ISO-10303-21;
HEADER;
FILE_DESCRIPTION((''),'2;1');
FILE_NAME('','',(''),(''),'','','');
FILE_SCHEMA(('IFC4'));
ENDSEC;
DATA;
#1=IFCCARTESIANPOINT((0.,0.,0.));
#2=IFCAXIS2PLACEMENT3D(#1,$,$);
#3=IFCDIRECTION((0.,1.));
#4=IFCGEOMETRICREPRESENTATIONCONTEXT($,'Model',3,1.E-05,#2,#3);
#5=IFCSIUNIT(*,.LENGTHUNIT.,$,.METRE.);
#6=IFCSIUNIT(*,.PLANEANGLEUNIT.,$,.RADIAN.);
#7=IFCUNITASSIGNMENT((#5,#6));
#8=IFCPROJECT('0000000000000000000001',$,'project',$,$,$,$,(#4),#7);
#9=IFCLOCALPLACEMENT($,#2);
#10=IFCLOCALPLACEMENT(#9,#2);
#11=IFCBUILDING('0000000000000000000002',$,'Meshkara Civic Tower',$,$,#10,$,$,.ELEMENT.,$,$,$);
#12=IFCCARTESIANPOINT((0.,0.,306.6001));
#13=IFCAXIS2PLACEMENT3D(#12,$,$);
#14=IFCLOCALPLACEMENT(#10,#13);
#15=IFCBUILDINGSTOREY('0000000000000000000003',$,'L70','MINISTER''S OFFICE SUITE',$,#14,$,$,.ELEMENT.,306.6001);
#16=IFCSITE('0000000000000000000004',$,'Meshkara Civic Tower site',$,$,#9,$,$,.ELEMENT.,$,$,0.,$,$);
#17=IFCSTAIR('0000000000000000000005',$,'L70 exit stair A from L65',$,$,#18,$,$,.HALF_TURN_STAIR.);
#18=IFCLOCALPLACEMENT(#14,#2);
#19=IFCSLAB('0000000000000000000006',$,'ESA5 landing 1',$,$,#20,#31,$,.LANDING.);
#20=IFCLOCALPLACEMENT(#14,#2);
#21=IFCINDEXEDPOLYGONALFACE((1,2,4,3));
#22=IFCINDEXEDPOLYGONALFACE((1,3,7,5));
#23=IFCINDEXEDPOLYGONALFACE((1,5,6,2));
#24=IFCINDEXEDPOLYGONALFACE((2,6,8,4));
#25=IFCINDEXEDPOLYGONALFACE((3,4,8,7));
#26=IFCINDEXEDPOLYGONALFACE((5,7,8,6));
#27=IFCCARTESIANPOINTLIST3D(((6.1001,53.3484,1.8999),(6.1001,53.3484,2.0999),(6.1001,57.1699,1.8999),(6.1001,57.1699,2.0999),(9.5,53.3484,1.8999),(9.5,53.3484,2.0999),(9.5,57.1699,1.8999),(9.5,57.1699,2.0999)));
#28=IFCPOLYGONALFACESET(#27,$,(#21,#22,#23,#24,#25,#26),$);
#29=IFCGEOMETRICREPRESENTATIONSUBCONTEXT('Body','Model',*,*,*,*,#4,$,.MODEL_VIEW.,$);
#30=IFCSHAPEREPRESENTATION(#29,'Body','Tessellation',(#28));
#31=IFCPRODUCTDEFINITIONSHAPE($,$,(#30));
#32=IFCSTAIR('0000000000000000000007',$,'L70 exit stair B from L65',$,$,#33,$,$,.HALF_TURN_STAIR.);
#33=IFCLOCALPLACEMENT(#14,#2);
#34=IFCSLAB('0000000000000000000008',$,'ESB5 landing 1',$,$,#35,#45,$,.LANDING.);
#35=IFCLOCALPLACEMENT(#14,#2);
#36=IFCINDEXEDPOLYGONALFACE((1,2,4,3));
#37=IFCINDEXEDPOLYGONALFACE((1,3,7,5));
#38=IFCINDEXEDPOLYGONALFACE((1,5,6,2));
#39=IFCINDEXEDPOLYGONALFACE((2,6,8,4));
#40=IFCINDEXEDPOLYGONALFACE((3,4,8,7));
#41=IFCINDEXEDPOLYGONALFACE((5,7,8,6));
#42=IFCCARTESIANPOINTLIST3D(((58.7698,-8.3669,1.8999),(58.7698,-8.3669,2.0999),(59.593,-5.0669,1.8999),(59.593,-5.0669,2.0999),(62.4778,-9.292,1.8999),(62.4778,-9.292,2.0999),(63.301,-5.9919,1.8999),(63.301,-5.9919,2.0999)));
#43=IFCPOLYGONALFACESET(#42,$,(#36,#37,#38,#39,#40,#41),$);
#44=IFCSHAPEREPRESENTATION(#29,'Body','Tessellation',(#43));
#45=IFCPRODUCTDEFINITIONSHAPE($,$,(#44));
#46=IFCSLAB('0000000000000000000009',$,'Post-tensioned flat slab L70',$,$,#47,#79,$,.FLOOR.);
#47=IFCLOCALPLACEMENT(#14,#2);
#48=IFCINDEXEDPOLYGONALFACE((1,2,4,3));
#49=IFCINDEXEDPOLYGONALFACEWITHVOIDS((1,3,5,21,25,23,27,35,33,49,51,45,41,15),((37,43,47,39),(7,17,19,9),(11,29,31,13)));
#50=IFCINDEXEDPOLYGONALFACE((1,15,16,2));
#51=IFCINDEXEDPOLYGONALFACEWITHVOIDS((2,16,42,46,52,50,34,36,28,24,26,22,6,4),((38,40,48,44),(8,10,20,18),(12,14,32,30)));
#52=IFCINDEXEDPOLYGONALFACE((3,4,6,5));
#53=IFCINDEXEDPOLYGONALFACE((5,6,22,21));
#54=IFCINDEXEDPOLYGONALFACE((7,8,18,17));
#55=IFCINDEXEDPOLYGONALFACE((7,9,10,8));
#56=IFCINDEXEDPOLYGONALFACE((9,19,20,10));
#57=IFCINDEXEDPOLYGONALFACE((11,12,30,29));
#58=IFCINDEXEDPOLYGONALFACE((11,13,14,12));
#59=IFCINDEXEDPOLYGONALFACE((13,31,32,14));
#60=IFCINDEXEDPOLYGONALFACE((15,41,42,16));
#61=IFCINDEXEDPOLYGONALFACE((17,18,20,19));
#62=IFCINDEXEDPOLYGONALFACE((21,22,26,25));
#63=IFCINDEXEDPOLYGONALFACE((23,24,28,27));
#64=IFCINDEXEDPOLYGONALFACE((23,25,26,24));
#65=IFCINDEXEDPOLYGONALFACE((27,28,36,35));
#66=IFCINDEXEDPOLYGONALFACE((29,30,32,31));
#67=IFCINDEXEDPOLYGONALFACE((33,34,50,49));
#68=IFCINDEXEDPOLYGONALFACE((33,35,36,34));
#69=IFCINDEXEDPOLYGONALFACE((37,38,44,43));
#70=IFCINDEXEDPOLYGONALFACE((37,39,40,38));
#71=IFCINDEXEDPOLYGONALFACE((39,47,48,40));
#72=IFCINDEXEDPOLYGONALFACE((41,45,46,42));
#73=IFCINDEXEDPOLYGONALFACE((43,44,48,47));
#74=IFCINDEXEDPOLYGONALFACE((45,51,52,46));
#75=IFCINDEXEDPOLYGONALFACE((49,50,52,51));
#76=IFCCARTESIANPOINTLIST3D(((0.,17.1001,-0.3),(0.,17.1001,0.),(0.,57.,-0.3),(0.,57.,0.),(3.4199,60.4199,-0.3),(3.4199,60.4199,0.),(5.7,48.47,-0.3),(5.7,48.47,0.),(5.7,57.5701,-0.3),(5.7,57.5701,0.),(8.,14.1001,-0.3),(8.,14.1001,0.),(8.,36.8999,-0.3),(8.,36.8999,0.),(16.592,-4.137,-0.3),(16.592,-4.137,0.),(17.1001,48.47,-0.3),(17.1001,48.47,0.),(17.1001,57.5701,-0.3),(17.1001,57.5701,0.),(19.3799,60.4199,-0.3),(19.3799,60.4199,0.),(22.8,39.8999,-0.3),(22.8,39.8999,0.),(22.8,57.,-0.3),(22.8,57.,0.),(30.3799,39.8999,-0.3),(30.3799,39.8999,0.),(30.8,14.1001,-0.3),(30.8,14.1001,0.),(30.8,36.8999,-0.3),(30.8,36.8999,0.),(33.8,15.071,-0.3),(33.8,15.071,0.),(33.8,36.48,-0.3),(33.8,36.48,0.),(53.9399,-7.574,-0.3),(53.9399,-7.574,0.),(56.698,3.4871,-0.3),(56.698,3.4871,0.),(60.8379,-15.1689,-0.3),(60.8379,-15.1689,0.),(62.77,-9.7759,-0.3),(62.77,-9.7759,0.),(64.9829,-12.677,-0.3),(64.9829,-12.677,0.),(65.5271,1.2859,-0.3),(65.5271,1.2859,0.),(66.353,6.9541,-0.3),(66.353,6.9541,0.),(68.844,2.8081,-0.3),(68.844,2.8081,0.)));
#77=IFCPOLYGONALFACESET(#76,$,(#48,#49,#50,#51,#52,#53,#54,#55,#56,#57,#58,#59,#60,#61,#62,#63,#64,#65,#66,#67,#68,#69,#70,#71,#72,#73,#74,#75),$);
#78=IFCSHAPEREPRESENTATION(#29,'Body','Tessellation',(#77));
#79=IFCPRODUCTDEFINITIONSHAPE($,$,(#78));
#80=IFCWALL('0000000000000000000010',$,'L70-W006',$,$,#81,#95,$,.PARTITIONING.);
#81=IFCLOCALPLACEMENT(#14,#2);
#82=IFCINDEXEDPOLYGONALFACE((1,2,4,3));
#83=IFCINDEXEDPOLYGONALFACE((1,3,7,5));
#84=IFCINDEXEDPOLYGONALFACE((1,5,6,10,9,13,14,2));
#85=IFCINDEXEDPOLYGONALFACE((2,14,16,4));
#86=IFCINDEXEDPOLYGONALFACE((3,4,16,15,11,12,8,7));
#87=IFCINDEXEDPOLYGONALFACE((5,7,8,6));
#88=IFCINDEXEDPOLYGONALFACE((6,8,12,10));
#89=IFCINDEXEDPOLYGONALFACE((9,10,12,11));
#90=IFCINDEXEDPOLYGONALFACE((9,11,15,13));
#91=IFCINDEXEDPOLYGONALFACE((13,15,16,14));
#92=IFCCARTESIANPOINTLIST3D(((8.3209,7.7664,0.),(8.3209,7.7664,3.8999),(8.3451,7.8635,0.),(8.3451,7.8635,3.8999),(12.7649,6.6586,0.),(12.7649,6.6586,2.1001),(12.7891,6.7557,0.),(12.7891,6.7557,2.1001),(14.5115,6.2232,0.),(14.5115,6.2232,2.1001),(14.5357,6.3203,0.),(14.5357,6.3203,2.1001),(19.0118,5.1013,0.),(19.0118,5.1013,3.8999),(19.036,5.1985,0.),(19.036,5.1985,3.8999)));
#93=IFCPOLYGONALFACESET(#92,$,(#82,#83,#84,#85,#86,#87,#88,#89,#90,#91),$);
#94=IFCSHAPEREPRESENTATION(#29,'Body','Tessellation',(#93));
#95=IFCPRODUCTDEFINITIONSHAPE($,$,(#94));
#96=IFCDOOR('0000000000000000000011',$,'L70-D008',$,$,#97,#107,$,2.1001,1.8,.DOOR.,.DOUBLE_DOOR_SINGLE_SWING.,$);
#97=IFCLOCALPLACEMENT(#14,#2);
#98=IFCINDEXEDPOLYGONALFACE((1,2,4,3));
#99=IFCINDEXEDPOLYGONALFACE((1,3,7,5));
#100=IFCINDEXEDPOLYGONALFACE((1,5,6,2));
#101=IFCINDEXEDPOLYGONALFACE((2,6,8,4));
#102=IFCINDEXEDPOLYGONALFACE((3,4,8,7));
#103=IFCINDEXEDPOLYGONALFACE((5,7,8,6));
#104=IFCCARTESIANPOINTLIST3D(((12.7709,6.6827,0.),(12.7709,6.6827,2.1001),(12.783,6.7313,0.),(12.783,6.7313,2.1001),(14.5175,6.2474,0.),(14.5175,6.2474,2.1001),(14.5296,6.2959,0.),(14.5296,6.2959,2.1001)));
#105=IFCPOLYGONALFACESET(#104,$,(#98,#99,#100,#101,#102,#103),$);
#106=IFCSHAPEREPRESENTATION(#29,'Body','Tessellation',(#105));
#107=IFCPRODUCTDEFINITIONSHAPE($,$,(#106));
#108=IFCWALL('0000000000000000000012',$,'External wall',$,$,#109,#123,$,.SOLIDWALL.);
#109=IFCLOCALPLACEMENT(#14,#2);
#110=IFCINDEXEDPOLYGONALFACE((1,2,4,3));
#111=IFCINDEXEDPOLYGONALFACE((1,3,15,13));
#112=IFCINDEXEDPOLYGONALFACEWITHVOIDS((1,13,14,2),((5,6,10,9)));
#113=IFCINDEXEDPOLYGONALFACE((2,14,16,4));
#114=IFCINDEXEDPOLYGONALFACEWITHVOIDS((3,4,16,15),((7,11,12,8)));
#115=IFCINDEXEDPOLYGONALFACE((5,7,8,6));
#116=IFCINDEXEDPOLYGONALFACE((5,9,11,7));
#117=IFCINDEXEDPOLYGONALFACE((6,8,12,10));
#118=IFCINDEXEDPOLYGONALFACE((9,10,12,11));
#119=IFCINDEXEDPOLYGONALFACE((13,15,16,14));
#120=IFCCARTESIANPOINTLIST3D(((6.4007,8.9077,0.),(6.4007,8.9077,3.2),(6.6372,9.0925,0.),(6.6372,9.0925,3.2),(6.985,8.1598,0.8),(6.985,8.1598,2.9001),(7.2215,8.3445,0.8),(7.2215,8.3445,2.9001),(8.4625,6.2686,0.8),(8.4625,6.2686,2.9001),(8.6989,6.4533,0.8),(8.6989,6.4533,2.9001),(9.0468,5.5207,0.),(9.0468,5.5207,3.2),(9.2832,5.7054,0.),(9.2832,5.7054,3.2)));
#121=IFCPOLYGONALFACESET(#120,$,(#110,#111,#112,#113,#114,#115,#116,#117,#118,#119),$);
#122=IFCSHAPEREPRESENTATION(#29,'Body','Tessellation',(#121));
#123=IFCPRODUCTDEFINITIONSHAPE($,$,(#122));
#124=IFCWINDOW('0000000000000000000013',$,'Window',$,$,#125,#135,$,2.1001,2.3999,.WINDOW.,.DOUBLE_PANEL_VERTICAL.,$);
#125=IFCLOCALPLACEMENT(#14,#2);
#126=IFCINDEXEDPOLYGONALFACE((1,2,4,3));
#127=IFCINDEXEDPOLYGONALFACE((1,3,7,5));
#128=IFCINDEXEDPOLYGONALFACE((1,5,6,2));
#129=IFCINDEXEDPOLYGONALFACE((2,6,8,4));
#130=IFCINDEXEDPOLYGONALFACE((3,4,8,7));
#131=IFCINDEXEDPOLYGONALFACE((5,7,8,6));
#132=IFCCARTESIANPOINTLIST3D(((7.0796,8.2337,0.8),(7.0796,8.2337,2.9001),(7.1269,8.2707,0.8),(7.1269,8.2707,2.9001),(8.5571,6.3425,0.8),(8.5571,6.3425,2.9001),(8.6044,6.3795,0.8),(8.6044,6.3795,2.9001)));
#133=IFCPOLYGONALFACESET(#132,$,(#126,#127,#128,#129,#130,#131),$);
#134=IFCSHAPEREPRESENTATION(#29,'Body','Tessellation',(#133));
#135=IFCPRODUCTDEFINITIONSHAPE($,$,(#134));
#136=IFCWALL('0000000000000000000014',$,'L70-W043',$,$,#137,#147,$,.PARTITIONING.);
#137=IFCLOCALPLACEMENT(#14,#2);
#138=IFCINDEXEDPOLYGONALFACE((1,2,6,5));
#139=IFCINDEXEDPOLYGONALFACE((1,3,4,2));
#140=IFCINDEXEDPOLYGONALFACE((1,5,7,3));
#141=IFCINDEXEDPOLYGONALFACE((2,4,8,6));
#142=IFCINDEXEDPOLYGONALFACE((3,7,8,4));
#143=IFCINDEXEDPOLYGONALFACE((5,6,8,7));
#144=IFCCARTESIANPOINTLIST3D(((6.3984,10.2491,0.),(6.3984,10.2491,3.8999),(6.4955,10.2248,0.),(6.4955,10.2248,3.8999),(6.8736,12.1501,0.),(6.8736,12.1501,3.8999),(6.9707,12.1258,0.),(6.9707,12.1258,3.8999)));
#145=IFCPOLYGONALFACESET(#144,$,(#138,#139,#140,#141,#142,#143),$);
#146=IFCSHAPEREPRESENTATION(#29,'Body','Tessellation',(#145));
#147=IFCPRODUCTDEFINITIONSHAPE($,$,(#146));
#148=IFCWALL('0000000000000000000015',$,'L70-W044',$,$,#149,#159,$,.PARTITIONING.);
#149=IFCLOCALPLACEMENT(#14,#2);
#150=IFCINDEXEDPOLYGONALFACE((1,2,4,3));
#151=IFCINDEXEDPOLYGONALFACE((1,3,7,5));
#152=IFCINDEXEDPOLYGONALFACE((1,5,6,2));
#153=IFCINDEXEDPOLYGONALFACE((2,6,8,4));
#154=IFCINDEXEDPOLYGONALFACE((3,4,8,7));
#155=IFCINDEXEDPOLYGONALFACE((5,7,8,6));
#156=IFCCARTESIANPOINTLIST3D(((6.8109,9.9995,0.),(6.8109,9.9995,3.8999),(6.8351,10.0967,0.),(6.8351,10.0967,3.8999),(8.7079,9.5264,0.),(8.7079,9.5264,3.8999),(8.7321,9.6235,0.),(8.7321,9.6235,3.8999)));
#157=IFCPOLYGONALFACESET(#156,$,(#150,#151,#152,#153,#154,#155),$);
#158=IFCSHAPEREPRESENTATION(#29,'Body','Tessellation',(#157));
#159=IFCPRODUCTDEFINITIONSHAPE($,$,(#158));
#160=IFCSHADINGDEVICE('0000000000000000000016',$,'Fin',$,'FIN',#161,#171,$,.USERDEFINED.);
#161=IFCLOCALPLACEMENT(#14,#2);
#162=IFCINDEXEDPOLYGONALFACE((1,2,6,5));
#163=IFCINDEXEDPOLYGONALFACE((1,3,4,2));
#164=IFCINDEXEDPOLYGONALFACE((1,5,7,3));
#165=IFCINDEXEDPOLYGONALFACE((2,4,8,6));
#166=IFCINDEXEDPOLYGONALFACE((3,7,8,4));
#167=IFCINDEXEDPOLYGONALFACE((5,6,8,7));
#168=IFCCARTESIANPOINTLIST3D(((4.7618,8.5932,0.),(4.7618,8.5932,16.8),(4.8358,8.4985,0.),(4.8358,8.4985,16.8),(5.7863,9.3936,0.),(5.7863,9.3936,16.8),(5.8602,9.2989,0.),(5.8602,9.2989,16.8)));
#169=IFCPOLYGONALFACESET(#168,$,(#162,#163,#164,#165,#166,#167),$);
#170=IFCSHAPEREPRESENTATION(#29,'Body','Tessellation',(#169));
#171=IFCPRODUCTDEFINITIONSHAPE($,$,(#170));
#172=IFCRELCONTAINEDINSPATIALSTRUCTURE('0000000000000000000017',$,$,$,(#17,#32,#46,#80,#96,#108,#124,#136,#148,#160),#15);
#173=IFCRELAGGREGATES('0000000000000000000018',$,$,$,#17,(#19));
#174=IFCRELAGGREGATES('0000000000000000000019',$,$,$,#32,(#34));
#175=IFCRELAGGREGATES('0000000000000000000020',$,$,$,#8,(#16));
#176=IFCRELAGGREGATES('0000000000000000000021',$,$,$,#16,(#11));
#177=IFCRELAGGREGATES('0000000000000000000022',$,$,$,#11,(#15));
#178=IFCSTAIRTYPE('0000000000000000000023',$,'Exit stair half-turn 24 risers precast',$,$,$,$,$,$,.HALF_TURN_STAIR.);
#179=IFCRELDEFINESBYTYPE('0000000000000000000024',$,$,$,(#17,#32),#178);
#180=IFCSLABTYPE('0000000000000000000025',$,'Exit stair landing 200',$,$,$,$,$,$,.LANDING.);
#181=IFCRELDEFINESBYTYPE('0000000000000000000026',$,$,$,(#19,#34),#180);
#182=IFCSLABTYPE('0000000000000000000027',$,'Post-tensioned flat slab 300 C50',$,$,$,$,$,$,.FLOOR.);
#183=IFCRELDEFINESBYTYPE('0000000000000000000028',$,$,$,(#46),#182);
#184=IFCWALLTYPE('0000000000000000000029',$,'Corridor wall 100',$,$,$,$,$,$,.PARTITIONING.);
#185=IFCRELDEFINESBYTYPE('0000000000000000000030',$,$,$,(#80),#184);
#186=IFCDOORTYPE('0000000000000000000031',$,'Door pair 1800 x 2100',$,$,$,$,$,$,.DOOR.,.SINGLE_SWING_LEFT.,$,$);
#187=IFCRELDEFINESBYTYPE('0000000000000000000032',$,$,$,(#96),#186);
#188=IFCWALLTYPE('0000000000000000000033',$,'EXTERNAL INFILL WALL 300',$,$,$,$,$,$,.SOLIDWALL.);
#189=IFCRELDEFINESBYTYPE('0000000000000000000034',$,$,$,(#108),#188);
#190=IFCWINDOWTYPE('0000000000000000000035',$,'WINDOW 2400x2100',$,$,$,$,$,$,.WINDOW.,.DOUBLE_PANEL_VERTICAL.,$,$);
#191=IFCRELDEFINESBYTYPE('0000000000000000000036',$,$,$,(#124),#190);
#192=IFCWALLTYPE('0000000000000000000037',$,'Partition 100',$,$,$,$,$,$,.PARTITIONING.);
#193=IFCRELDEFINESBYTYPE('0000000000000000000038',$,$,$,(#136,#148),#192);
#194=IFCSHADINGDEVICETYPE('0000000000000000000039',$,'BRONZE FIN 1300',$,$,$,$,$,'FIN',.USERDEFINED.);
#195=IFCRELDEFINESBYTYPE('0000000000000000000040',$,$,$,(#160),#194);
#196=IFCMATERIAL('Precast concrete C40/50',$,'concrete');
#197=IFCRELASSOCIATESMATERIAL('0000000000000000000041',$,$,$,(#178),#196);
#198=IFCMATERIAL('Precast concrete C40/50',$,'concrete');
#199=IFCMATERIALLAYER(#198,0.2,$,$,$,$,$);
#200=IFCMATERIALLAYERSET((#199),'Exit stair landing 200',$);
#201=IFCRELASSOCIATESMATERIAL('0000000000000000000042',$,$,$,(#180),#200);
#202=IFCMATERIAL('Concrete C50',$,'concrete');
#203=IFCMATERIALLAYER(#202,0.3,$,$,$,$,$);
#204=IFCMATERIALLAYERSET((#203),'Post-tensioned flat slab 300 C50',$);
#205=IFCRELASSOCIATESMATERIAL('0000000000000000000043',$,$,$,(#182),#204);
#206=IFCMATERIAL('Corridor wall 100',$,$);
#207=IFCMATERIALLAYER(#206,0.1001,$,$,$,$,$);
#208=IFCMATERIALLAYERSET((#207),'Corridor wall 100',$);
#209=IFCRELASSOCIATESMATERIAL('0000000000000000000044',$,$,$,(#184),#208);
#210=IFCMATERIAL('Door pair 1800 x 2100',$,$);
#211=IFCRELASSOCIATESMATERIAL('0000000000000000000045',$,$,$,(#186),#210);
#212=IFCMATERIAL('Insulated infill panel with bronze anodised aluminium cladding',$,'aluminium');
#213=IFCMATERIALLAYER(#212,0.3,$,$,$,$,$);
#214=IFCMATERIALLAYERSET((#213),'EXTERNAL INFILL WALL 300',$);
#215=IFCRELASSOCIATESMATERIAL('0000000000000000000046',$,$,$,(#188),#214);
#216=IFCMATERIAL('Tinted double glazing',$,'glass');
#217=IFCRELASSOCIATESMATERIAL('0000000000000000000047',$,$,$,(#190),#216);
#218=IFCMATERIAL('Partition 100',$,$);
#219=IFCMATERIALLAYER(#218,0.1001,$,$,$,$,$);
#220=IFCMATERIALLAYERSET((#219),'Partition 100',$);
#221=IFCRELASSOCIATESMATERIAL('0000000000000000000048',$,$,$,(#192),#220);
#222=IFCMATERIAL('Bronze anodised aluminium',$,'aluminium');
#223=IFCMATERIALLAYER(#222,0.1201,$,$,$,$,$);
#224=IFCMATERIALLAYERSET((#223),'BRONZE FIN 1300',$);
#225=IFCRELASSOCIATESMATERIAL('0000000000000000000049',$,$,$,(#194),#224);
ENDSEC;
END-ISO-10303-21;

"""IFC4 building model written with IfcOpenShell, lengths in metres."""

from ifc_helpers import new_model, si_unit, direction, frame, frame_2d, origin, origin_2d, place, context, subcontext, project, spatial, polyline, rectangle, outline, extrude, material, layer, layer_set, type_object, element, fill, aggregate, save


model = new_model("IFC4")

# Units and contexts
model_context = context("Model", 3, precision=1e-05, world=origin(), true_north=direction((0.0, 1.0)))
body_context = subcontext(model_context, "Body", "Model", "MODEL_VIEW")
ifc_project = project(units=[si_unit("LENGTHUNIT", "METRE"), si_unit("PLANEANGLEUNIT", "RADIAN")], contexts=[model_context])

# Site, building, storey
site_placement = place(None, origin())
site = spatial("IfcSite", under=ifc_project, at=site_placement, Name="Meshkara Civic Tower site", CompositionType="ELEMENT", RefElevation=0.0)
building_placement = place(site_placement, origin())
building = spatial("IfcBuilding", under=site, at=building_placement, Name="Meshkara Civic Tower", CompositionType="ELEMENT")
storey_placement = place(building_placement, frame((0.0, 0.0, 306.6001)))
storey = spatial("IfcBuildingStorey", under=building, at=storey_placement, Name="L70", Description="MINISTER'S OFFICE SUITE", CompositionType="ELEMENT", Elevation=306.6001)

# Stairs, slabs
ifc_material_1 = material(Name="Precast concrete C40/50", Category="concrete")
stair_type = type_object("IfcStairType", Name="Exit stair half-turn 24 risers precast", PredefinedType="HALF_TURN_STAIR", material=ifc_material_1)
ifc_material_2 = material(Name="Precast concrete C40/50", Category="concrete")
ifc_layer_1 = layer(ifc_material_2, 0.2)
ifc_layer_set_1 = layer_set([ifc_layer_1], Name="Exit stair landing 200")
slab_type_1 = type_object("IfcSlabType", Name="Exit stair landing 200", PredefinedType="LANDING", material=ifc_layer_set_1)
stair_1_placement = place(storey_placement, origin())
stair_1 = element("IfcStair", 1, at=stair_1_placement, inside=storey, type_object=stair_type, Name="L70 exit stair A from L65", PredefinedType="HALF_TURN_STAIR")
slab_1_placement = place(storey_placement, frame((0.0, 0.0, 1.8999)))
slab_1 = element("IfcSlab", 2, at=slab_1_placement, type_object=slab_type_1, Name="ESA5 landing 1", PredefinedType="LANDING", context=body_context, shape_type="SweptSolid", body=[
    extrude(outline(polyline([(9.5, 53.3484), (9.5, 57.1699), (6.1001, 57.1699), (6.1001, 53.3484), (9.5, 53.3484)])), origin(), (0.0, 0.0, 1.0), 0.2),
])
aggregate(stair_1, [slab_1])
stair_2_placement = place(storey_placement, origin())
stair_2 = element("IfcStair", 3, at=stair_2_placement, inside=storey, type_object=stair_type, Name="L70 exit stair B from L65", PredefinedType="HALF_TURN_STAIR")
slab_2_placement = place(storey_placement, frame((0.0, 0.0, 1.8999)))
slab_2 = element("IfcSlab", 4, at=slab_2_placement, type_object=slab_type_1, Name="ESB5 landing 1", PredefinedType="LANDING", context=body_context, shape_type="SweptSolid", body=[
    extrude(outline(polyline([(58.7698, -8.3669), (62.4778, -9.292), (63.301, -5.9919), (59.593, -5.0669), (58.7698, -8.3669)])), origin(), (0.0, 0.0, 1.0), 0.2),
])
aggregate(stair_2, [slab_2])

# Slab
ifc_material_3 = material(Name="Concrete C50", Category="concrete")
ifc_layer_2 = layer(ifc_material_3, 0.3)
ifc_layer_set_2 = layer_set([ifc_layer_2], Name="Post-tensioned flat slab 300 C50")
slab_type_2 = type_object("IfcSlabType", Name="Post-tensioned flat slab 300 C50", PredefinedType="FLOOR", material=ifc_layer_set_2)
slab_3_placement = place(storey_placement, frame((0.0, 0.0, -0.3)))
element("IfcSlab", 5, at=slab_3_placement, inside=storey, type_object=slab_type_2, Name="Post-tensioned flat slab L70", PredefinedType="FLOOR", context=body_context, shape_type="SweptSolid", body=[
    extrude(outline(polyline([(64.9829, -12.677), (60.8379, -15.1689), (16.592, -4.137), (0.0, 17.1001), (0.0, 57.0), (3.4199, 60.4199), (19.3799, 60.4199), (22.8, 57.0), (22.8, 39.8999), (30.3799, 39.8999), (33.8, 36.48), (33.8, 15.071), (66.353, 6.9541), (68.844, 2.8081), (64.9829, -12.677)]), holes=[polyline([(62.77, -9.7759), (65.5271, 1.2859), (56.698, 3.4871), (53.9399, -7.574), (62.77, -9.7759)]), polyline([(8.0, 14.1001), (30.8, 14.1001), (30.8, 36.8999), (8.0, 36.8999), (8.0, 14.1001)]), polyline([(5.7, 57.5701), (5.7, 48.47), (17.1001, 48.47), (17.1001, 57.5701), (5.7, 57.5701)])]), origin(), (0.0, 0.0, 1.0), 0.3),
])

# Wall, opening, door
ifc_material_4 = material(Name="Corridor wall 100")
ifc_layer_3 = layer(ifc_material_4, 0.1001)
ifc_layer_set_3 = layer_set([ifc_layer_3], Name="Corridor wall 100")
wall_type_1 = type_object("IfcWallType", Name="Corridor wall 100", PredefinedType="PARTITIONING", material=ifc_layer_set_3)
wall_1_placement = place(storey_placement, frame((8.333, 7.8149, 0.0), z_axis=(0.0, 0.0, 1.0), x_axis=(0.970307, -0.241879, 0.0)))
wall_1 = element("IfcWall", 6, at=wall_1_placement, inside=storey, type_object=wall_type_1, Name="L70-W006", PredefinedType="PARTITIONING", context=body_context, shape_type="SweptSolid", body=[
    extrude(rectangle(XDim=11.0181, YDim=0.1001, at=frame_2d((5.509, 0.0))), origin(), (0.0, 0.0, 1.0), 3.8999),
])
opening_1_placement = place(wall_1_placement, frame((4.5801, 0.0, 0.0)))
opening_1 = element("IfcOpeningElement", 7, at=opening_1_placement, cuts=wall_1, PredefinedType="OPENING", context=body_context, shape_type="SweptSolid", body=[
    extrude(rectangle(XDim=1.8, YDim=2.1001, at=frame_2d((0.8999, 1.05))), frame((0.0, 0.0601, 0.0), z_axis=(0.0, -1.0, 0.0), x_axis=(1.0, 0.0, 0.0)), (0.0, 0.0, 1.0), 0.1201),
])
ifc_material_5 = material(Name="Door pair 1800 x 2100")
door_type = type_object("IfcDoorType", Name="Door pair 1800 x 2100", OperationType="SINGLE_SWING_LEFT", PredefinedType="DOOR", material=ifc_material_5)
door_placement = place(opening_1_placement, origin())
door = element("IfcDoor", 8, at=door_placement, inside=storey, type_object=door_type, Name="L70-D008", OperationType="DOUBLE_DOOR_SINGLE_SWING", OverallHeight=2.1001, OverallWidth=1.8, PredefinedType="DOOR", context=body_context, shape_type="SweptSolid", body=[
    extrude(rectangle(XDim=1.8, YDim=2.1001, at=frame_2d((0.8999, 1.05))), frame((0.0, 0.0249, 0.0), z_axis=(0.0, -1.0, 0.0), x_axis=(1.0, 0.0, 0.0)), (0.0, 0.0, 1.0), 0.05),
])
fill(opening_1, door)

# Wall, opening, window
ifc_material_6 = material(Name="Insulated infill panel with bronze anodised aluminium cladding", Category="aluminium")
ifc_layer_4 = layer(ifc_material_6, 0.3)
ifc_layer_set_4 = layer_set([ifc_layer_4], Name="EXTERNAL INFILL WALL 300")
wall_type_2 = type_object("IfcWallType", Name="EXTERNAL INFILL WALL 300", PredefinedType="SOLIDWALL", material=ifc_layer_set_4)
wall_2_placement = place(storey_placement, frame((6.519, 9.0, 0.0), z_axis=(0.0, 0.0, 1.0), x_axis=(0.615634, -0.788032, 0.0)))
wall_2 = element("IfcWall", 9, at=wall_2_placement, inside=storey, type_object=wall_type_2, Name="External wall", PredefinedType="SOLIDWALL", context=body_context, shape_type="SweptSolid", body=[
    extrude(rectangle(XDim=4.2981, YDim=0.3, at=frame_2d((2.1489, 0.0))), origin(), (0.0, 0.0, 1.0), 3.2),
])
opening_2_placement = place(wall_2_placement, frame((0.949, 0.0, 0.8)))
opening_2 = element("IfcOpeningElement", 10, at=opening_2_placement, cuts=wall_2, PredefinedType="OPENING", context=body_context, shape_type="SweptSolid", body=[
    extrude(rectangle(XDim=2.3999, YDim=2.1001, at=frame_2d((1.2, 1.05))), frame((0.0, 0.1599, 0.0), z_axis=(0.0, -1.0, 0.0), x_axis=(1.0, 0.0, 0.0)), (0.0, 0.0, 1.0), 0.3201),
])
ifc_material_7 = material(Name="Tinted double glazing", Category="glass")
window_type = type_object("IfcWindowType", Name="WINDOW 2400x2100", PartitioningType="DOUBLE_PANEL_VERTICAL", PredefinedType="WINDOW", material=ifc_material_7)
window_placement = place(opening_2_placement, origin())
window = element("IfcWindow", 11, at=window_placement, inside=storey, type_object=window_type, Name="Window", OverallHeight=2.1001, OverallWidth=2.3999, PartitioningType="DOUBLE_PANEL_VERTICAL", PredefinedType="WINDOW", context=body_context, shape_type="SweptSolid", body=[
    extrude(rectangle(XDim=2.3999, YDim=2.1001, at=frame_2d((1.2, 1.05))), frame((0.0, 0.03, 0.0), z_axis=(0.0, -1.0, 0.0), x_axis=(1.0, 0.0, 0.0)), (0.0, 0.0, 1.0), 0.0601),
])
fill(opening_2, window)

# Walls
ifc_material_8 = material(Name="Partition 100")
ifc_layer_5 = layer(ifc_material_8, 0.1001)
ifc_layer_set_5 = layer_set([ifc_layer_5], Name="Partition 100")
wall_type_3 = type_object("IfcWallType", Name="Partition 100", PredefinedType="PARTITIONING", material=ifc_layer_set_5)
wall_3_placement = place(storey_placement, frame((6.9221, 12.1379, 0.0), z_axis=(0.0, 0.0, 1.0), x_axis=(-0.242477, -0.970157, 0.0)))
element("IfcWall", 12, at=wall_3_placement, inside=storey, type_object=wall_type_3, Name="L70-W043", PredefinedType="PARTITIONING", context=body_context, shape_type="SweptSolid", body=[
    extrude(rectangle(XDim=1.9595, YDim=0.1001, at=frame_2d((0.9797, 0.0))), origin(), (0.0, 0.0, 1.0), 3.8999),
])
wall_4_placement = place(storey_placement, frame((8.72, 9.575, 0.0), z_axis=(0.0, 0.0, 1.0), x_axis=(-0.970275, 0.242007, 0.0)))
element("IfcWall", 13, at=wall_4_placement, inside=storey, type_object=wall_type_3, Name="L70-W044", PredefinedType="PARTITIONING", context=body_context, shape_type="SweptSolid", body=[
    extrude(rectangle(XDim=1.9551, YDim=0.1001, at=frame_2d((0.9775, 0.0))), origin(), (0.0, 0.0, 1.0), 3.8999),
])

# Shading device
ifc_material_9 = material(Name="Bronze anodised aluminium", Category="aluminium")
ifc_layer_6 = layer(ifc_material_9, 0.1201)
ifc_layer_set_6 = layer_set([ifc_layer_6], Name="BRONZE FIN 1300")
shading_device_type = type_object("IfcShadingDeviceType", Name="BRONZE FIN 1300", ElementType="FIN", PredefinedType="USERDEFINED", material=ifc_layer_set_6)
for number, where, z_axis, x_axis, name in (
    (14, (5.311, 8.946, 0.0), (0.0, 0.0, 1.0), (0.615661, -0.788011, 0.0), "Fin"),
):
    element("IfcShadingDevice", number, at=place(storey_placement, frame(where, z_axis=z_axis, x_axis=x_axis)), inside=storey, type_object=shading_device_type, Name=name, ObjectType="FIN", PredefinedType="USERDEFINED", context=body_context, shape_type="SweptSolid", body=[
        extrude(rectangle(XDim=0.1201, YDim=1.3, at=origin_2d()), origin(), (0.0, 0.0, 1.0), 16.8),
    ])

save(model, "model.ifc")
